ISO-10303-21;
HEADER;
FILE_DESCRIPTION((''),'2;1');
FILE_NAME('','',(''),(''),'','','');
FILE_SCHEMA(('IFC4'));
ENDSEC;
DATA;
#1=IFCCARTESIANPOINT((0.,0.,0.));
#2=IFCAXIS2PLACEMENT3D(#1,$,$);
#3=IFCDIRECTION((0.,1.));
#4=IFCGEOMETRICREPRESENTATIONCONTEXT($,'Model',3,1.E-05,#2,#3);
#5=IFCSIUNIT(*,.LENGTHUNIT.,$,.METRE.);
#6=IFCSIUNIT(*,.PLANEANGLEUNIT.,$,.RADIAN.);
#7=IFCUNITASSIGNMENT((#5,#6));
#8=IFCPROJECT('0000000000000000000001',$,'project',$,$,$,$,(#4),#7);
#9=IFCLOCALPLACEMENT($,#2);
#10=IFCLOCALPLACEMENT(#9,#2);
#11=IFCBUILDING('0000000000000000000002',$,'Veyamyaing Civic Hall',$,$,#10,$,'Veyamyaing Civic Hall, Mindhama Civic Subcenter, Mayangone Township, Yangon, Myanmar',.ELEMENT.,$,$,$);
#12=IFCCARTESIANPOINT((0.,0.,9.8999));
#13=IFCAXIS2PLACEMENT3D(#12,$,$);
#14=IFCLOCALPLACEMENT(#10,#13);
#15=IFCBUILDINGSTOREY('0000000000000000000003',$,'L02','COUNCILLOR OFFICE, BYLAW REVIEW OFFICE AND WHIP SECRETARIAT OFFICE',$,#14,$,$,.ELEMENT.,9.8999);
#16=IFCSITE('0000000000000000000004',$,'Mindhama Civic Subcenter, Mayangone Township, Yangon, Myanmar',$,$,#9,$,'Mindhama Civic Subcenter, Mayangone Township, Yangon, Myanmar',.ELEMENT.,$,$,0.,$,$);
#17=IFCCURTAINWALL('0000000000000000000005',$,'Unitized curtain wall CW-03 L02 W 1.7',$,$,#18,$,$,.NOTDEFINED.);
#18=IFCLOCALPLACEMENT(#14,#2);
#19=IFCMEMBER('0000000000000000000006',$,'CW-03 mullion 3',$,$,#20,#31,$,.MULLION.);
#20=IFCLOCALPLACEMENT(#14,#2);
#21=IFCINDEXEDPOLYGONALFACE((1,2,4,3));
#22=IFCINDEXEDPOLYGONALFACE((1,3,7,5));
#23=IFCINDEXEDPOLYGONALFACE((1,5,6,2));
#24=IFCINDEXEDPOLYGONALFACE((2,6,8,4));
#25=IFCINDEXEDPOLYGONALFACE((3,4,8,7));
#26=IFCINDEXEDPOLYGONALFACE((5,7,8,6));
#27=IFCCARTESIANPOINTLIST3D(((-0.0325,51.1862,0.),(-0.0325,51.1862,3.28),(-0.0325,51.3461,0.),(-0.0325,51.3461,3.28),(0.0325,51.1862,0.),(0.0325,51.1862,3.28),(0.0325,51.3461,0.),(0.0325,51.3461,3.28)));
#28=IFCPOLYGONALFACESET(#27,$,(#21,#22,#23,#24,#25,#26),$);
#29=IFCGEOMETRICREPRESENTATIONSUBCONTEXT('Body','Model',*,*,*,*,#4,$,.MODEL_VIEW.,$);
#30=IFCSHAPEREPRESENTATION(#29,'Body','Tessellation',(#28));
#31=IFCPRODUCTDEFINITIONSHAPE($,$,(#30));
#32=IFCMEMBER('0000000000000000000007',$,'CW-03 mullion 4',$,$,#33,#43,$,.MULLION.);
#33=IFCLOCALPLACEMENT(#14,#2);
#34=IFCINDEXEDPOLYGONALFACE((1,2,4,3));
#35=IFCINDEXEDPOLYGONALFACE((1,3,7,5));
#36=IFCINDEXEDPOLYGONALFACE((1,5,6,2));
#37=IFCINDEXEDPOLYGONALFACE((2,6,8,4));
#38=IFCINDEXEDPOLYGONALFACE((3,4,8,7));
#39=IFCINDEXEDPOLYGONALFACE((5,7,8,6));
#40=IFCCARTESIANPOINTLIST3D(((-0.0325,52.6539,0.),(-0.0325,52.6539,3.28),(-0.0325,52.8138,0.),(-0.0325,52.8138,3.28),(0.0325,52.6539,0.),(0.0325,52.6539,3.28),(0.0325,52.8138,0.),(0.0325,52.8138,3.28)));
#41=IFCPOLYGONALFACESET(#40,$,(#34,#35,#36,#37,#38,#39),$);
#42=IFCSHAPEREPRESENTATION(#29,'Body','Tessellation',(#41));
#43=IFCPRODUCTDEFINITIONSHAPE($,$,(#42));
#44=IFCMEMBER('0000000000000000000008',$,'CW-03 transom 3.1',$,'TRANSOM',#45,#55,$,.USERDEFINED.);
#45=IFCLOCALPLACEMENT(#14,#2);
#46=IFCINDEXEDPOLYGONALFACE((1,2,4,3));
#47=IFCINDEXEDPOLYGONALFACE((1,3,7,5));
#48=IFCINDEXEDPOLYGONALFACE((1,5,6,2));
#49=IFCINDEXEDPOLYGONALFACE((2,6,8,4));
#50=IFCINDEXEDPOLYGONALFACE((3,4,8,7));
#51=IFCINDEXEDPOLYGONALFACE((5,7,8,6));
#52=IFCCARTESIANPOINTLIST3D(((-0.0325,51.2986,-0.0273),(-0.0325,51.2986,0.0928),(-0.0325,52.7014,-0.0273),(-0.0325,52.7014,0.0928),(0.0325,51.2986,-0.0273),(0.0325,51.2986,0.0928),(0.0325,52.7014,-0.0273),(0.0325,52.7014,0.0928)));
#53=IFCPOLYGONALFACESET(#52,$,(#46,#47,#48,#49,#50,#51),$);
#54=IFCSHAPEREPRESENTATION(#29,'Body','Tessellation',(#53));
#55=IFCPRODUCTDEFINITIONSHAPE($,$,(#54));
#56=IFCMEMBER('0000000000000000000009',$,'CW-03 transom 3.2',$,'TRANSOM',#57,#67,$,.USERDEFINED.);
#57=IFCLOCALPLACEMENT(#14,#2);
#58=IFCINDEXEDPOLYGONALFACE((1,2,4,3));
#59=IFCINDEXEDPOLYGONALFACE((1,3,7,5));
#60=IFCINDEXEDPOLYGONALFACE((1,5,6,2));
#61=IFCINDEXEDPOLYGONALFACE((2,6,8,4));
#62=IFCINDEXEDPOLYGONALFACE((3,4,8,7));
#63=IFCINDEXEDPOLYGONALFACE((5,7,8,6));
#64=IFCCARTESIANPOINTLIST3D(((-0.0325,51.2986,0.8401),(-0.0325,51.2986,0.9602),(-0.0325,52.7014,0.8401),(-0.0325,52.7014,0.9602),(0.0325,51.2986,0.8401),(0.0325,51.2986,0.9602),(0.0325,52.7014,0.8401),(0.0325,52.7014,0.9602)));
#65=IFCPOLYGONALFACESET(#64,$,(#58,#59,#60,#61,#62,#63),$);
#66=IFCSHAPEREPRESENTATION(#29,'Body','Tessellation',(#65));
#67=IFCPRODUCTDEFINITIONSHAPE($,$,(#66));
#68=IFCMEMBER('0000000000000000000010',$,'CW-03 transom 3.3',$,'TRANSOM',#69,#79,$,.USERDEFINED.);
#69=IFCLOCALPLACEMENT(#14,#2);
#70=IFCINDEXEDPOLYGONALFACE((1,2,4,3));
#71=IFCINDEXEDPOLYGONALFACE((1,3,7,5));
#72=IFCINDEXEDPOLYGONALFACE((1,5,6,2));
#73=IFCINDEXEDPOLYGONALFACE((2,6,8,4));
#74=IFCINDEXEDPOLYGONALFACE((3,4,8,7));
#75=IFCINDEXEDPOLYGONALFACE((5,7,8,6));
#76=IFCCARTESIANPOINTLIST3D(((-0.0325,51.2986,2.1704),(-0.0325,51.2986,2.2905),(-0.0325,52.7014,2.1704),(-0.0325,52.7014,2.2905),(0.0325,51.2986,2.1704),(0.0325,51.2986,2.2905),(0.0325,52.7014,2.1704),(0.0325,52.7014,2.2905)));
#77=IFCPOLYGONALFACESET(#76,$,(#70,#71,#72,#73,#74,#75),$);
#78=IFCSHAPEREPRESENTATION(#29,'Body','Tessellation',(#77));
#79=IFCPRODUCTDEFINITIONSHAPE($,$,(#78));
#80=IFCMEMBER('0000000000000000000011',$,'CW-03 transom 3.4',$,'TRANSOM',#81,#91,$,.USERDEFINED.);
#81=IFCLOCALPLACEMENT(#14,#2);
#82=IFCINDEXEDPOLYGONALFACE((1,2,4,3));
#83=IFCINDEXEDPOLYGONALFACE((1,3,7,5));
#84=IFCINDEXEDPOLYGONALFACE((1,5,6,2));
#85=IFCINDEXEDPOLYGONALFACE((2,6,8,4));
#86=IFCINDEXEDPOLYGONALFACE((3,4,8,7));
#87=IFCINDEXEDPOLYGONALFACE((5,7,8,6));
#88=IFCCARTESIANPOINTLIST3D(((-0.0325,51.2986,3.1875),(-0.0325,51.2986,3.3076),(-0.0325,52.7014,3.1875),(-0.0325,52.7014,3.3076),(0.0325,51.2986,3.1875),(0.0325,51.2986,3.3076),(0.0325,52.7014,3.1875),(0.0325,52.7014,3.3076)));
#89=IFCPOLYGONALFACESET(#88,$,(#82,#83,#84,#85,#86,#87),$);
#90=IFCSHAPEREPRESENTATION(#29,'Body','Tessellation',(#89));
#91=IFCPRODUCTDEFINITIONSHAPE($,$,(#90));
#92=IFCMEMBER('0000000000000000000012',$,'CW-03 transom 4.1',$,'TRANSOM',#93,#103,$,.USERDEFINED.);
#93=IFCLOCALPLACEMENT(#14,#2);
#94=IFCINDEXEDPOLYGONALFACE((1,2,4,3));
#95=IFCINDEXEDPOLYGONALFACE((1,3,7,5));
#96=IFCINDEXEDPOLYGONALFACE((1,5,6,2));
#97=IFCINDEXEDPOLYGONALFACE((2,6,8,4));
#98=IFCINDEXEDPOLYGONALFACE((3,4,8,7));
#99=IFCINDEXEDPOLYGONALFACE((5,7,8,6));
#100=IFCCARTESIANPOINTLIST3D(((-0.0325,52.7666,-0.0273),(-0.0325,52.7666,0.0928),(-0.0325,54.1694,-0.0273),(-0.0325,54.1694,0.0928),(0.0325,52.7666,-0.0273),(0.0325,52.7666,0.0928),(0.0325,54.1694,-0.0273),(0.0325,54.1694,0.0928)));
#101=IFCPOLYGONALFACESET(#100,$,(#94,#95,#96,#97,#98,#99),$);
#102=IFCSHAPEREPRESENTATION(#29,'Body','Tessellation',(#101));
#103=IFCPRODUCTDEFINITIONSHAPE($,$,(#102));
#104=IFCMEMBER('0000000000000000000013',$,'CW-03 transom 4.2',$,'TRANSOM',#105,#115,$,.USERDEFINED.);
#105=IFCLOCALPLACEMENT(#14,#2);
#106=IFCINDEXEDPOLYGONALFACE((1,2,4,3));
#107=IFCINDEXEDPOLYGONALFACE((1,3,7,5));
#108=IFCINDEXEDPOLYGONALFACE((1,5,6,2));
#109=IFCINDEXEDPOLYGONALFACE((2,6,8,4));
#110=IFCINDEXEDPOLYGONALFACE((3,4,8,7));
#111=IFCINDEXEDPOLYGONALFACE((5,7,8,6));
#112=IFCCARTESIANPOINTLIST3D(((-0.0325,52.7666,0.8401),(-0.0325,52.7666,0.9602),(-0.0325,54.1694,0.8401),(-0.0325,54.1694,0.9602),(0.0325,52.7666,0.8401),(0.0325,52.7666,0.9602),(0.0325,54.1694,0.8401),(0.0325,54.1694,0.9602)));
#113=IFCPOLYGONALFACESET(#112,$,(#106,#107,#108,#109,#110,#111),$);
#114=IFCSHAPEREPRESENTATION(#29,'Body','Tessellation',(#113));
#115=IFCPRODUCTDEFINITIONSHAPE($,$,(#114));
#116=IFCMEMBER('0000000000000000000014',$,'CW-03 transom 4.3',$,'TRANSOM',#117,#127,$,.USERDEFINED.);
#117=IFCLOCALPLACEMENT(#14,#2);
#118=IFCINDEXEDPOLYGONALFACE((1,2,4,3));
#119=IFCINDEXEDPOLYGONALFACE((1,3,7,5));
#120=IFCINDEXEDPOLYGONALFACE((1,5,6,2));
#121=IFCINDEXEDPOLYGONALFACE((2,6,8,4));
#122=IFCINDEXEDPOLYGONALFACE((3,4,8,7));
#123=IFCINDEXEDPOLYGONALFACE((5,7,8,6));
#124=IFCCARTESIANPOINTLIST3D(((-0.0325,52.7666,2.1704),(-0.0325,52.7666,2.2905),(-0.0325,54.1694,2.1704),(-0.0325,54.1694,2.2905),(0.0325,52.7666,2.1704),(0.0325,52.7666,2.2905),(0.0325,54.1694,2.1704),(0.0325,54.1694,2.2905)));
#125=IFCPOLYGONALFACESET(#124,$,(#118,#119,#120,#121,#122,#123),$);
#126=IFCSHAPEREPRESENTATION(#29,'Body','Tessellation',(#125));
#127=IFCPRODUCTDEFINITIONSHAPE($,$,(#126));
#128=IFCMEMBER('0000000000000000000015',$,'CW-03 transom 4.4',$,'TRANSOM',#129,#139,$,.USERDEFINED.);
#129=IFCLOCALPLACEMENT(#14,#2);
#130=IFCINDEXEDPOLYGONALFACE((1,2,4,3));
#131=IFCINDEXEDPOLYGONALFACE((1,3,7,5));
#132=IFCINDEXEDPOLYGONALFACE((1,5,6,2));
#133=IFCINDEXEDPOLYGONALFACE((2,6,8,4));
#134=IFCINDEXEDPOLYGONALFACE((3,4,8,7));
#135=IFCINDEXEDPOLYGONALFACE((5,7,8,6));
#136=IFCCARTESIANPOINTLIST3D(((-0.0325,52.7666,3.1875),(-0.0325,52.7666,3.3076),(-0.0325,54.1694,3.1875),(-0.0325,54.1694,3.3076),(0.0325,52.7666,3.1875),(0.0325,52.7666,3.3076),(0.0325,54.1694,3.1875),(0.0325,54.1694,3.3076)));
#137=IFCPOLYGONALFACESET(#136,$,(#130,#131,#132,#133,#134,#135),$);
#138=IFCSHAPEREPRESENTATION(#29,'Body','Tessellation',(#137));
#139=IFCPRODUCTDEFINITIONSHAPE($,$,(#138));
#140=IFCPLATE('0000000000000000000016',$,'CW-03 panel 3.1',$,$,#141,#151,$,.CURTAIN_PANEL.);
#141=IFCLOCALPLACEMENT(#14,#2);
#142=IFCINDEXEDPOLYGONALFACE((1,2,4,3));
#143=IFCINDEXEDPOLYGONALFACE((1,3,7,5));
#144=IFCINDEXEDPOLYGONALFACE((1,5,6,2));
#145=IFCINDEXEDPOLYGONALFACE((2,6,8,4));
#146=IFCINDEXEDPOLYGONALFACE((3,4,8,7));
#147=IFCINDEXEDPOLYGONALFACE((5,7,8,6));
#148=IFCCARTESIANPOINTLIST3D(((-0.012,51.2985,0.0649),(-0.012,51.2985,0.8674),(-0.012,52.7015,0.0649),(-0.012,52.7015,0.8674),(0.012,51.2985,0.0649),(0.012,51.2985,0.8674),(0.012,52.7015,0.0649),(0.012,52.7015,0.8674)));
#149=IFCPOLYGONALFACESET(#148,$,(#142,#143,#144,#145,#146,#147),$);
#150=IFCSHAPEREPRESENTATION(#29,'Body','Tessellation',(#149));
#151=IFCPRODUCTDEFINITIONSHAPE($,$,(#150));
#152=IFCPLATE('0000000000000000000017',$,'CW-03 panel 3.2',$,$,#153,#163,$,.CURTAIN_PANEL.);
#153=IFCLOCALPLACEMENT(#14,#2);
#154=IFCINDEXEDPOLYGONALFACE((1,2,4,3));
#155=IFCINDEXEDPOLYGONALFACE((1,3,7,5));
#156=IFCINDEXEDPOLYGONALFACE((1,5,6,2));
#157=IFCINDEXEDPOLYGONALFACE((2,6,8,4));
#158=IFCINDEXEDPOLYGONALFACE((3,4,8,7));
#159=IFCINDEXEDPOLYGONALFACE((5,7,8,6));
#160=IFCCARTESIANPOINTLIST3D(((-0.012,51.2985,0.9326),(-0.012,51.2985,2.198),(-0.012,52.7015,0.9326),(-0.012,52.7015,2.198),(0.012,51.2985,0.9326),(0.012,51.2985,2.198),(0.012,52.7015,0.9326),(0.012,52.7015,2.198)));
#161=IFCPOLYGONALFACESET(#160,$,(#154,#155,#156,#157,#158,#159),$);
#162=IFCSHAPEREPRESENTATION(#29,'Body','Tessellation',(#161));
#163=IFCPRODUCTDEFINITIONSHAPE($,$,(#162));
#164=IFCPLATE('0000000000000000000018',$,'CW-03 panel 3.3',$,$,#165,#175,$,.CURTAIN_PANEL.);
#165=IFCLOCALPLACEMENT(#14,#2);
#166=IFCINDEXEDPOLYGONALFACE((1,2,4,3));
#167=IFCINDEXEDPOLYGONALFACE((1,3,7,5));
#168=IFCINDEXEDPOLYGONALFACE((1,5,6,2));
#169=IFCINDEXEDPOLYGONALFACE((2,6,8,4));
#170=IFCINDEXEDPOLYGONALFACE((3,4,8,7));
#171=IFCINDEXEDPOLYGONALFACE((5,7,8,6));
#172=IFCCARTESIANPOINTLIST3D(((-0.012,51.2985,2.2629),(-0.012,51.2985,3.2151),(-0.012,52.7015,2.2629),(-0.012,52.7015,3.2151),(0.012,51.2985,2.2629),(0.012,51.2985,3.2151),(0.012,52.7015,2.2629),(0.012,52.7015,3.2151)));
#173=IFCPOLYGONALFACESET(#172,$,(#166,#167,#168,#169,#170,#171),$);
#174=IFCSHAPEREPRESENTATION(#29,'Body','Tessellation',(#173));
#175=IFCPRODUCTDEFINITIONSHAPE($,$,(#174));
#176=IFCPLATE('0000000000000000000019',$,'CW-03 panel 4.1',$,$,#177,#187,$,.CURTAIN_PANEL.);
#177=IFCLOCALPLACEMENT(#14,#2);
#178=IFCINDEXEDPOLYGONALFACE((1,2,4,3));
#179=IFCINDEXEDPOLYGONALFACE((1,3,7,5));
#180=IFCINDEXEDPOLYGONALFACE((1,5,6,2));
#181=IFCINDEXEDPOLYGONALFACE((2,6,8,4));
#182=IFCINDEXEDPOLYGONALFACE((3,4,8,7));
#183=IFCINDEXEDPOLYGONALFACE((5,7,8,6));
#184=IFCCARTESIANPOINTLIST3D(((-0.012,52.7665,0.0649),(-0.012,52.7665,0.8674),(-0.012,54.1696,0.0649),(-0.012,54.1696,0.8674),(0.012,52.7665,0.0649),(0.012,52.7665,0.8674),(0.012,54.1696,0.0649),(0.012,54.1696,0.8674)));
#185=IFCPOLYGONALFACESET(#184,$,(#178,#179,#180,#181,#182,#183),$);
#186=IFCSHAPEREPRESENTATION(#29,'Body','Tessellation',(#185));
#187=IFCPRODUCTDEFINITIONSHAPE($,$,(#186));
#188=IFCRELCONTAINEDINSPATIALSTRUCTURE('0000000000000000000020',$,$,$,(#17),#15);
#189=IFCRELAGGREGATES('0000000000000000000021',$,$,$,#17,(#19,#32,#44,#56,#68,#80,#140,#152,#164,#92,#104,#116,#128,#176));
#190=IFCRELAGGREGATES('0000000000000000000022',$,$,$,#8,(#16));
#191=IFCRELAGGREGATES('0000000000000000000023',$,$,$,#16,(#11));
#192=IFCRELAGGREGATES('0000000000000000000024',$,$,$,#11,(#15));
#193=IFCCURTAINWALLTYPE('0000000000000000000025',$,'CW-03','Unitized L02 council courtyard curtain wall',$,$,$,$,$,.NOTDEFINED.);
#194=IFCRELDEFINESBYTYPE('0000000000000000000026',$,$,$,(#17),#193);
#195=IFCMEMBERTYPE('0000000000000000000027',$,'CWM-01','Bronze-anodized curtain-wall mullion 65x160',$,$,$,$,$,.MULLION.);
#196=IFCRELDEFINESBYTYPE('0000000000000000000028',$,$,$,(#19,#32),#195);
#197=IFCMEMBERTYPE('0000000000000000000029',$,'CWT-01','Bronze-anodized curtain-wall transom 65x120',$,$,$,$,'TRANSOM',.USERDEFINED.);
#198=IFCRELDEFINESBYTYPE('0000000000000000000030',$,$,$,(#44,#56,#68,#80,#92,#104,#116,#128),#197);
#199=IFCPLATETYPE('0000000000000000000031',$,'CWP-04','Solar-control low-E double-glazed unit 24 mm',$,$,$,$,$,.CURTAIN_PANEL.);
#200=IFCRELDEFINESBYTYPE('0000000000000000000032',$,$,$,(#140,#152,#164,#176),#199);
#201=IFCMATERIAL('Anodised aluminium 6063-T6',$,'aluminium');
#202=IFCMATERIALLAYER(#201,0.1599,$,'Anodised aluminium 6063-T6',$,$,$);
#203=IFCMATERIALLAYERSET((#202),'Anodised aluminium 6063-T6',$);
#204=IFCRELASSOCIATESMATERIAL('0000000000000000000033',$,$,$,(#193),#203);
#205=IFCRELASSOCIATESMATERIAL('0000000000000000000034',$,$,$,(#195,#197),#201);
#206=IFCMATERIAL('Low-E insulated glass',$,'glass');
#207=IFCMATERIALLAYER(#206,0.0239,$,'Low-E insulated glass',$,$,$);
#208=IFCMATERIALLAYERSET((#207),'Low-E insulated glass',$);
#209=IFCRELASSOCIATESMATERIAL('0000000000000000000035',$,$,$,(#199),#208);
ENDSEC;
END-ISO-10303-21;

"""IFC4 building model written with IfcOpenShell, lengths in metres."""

from ifc_helpers import new_model, si_unit, direction, frame, origin, origin_2d, place, context, subcontext, project, spatial, rectangle, extrude, material, layer, layer_set, material_profile, profile_set, type_object, element, aggregate, save


model = new_model("IFC4")

# Units and contexts
model_context = context("Model", 3, precision=1e-05, world=origin(), true_north=direction((0.0, 1.0)))
body_context = subcontext(model_context, "Body", "Model", "MODEL_VIEW")
ifc_project = project(units=[si_unit("LENGTHUNIT", "METRE"), si_unit("PLANEANGLEUNIT", "RADIAN")], contexts=[model_context])

# Site, building, storey
site_placement = place(None, origin())
site = spatial("IfcSite", under=ifc_project, at=site_placement, Name="Mindhama Civic Subcenter, Mayangone Township, Yangon, Myanmar", LongName="Mindhama Civic Subcenter, Mayangone Township, Yangon, Myanmar", CompositionType="ELEMENT", RefElevation=0.0)
building_placement = place(site_placement, origin())
building = spatial("IfcBuilding", under=site, at=building_placement, Name="Veyamyaing Civic Hall", LongName="Veyamyaing Civic Hall, Mindhama Civic Subcenter, Mayangone Township, Yangon, Myanmar", CompositionType="ELEMENT")
storey_placement = place(building_placement, frame((0.0, 0.0, 9.8999)))
storey = spatial("IfcBuildingStorey", under=building, at=storey_placement, Name="L02", Description="COUNCILLOR OFFICE, BYLAW REVIEW OFFICE AND WHIP SECRETARIAT OFFICE", CompositionType="ELEMENT", Elevation=9.8999)

# Curtain wall, members, plates
ifc_material_1 = material(Name="Anodised aluminium 6063-T6", Category="aluminium")
ifc_layer_1 = layer(ifc_material_1, 0.1599, Name="Anodised aluminium 6063-T6")
ifc_layer_set_1 = layer_set([ifc_layer_1], Name="Anodised aluminium 6063-T6")
curtain_wall_type = type_object("IfcCurtainWallType", Name="CW-03", Description="Unitized L02 council courtyard curtain wall", PredefinedType="NOTDEFINED", material=ifc_layer_set_1)
curtain_wall_placement = place(storey_placement, origin())
curtain_wall = element("IfcCurtainWall", 1, at=curtain_wall_placement, inside=storey, type_object=curtain_wall_type, Name="Unitized curtain wall CW-03 L02 W 1.7", PredefinedType="NOTDEFINED")
ifc_material_profile_1 = material_profile(ifc_material_1, rectangle(XDim=0.0649, YDim=0.1599, at=origin_2d()), Name="ALU-MUL-65X160")
ifc_profile_set_1 = profile_set([ifc_material_profile_1], Name="Anodised aluminium 6063-T6")
member_type_1 = type_object("IfcMemberType", Name="CWM-01", Description="Bronze-anodized curtain-wall mullion 65x160", PredefinedType="MULLION", material=ifc_profile_set_1)
member_1_placement = place(storey_placement, frame((0.0, 51.2661, 0.0), z_axis=(0.0, 0.0, 1.0), x_axis=(-1.0, 0.0, 0.0)))
member_1 = element("IfcMember", 2, at=member_1_placement, type_object=member_type_1, Name="CW-03 mullion 3", PredefinedType="MULLION", context=body_context, shape_type="SweptSolid", body=[
    extrude(rectangle(XDim=0.0649, YDim=0.1599, at=origin_2d()), origin(), (0.0, 0.0, 1.0), 3.28),
])
member_2_placement = place(storey_placement, frame((0.0, 52.7339, 0.0), z_axis=(0.0, 0.0, 1.0), x_axis=(-1.0, 0.0, 0.0)))
member_2 = element("IfcMember", 3, at=member_2_placement, type_object=member_type_1, Name="CW-03 mullion 4", PredefinedType="MULLION", context=body_context, shape_type="SweptSolid", body=[
    extrude(rectangle(XDim=0.0649, YDim=0.1599, at=origin_2d()), origin(), (0.0, 0.0, 1.0), 3.28),
])
ifc_material_profile_2 = material_profile(ifc_material_1, rectangle(XDim=0.0649, YDim=0.1201, at=origin_2d()), Name="ALU-TRN-65X120")
ifc_profile_set_2 = profile_set([ifc_material_profile_2], Name="Anodised aluminium 6063-T6")
member_type_2 = type_object("IfcMemberType", Name="CWT-01", Description="Bronze-anodized curtain-wall transom 65x120", ElementType="TRANSOM", PredefinedType="USERDEFINED", material=ifc_profile_set_2)
member_3_placement = place(storey_placement, frame((0.0, 51.2986, 0.0327), z_axis=(0.0, 1.0, 0.0), x_axis=(-1.0, 0.0, 0.0)))
member_3 = element("IfcMember", 4, at=member_3_placement, type_object=member_type_2, Name="CW-03 transom 3.1", ObjectType="TRANSOM", PredefinedType="USERDEFINED", context=body_context, shape_type="SweptSolid", body=[
    extrude(rectangle(XDim=0.0649, YDim=0.1201, at=origin_2d()), origin(), (0.0, 0.0, 1.0), 1.4028),
])
member_4_placement = place(storey_placement, frame((0.0, 51.2986, 0.9001), z_axis=(0.0, 1.0, 0.0), x_axis=(-1.0, 0.0, 0.0)))
member_4 = element("IfcMember", 5, at=member_4_placement, type_object=member_type_2, Name="CW-03 transom 3.2", ObjectType="TRANSOM", PredefinedType="USERDEFINED", context=body_context, shape_type="SweptSolid", body=[
    extrude(rectangle(XDim=0.0649, YDim=0.1201, at=origin_2d()), origin(), (0.0, 0.0, 1.0), 1.4028),
])
member_5_placement = place(storey_placement, frame((0.0, 51.2986, 2.2305), z_axis=(0.0, 1.0, 0.0), x_axis=(-1.0, 0.0, 0.0)))
member_5 = element("IfcMember", 6, at=member_5_placement, type_object=member_type_2, Name="CW-03 transom 3.3", ObjectType="TRANSOM", PredefinedType="USERDEFINED", context=body_context, shape_type="SweptSolid", body=[
    extrude(rectangle(XDim=0.0649, YDim=0.1201, at=origin_2d()), origin(), (0.0, 0.0, 1.0), 1.4028),
])
member_6_placement = place(storey_placement, frame((0.0, 51.2986, 3.2476), z_axis=(0.0, 1.0, 0.0), x_axis=(-1.0, 0.0, 0.0)))
member_6 = element("IfcMember", 7, at=member_6_placement, type_object=member_type_2, Name="CW-03 transom 3.4", ObjectType="TRANSOM", PredefinedType="USERDEFINED", context=body_context, shape_type="SweptSolid", body=[
    extrude(rectangle(XDim=0.0649, YDim=0.1201, at=origin_2d()), origin(), (0.0, 0.0, 1.0), 1.4028),
])
member_7_placement = place(storey_placement, frame((0.0, 52.7666, 0.0327), z_axis=(0.0, 1.0, 0.0), x_axis=(-1.0, 0.0, 0.0)))
member_7 = element("IfcMember", 8, at=member_7_placement, type_object=member_type_2, Name="CW-03 transom 4.1", ObjectType="TRANSOM", PredefinedType="USERDEFINED", context=body_context, shape_type="SweptSolid", body=[
    extrude(rectangle(XDim=0.0649, YDim=0.1201, at=origin_2d()), origin(), (0.0, 0.0, 1.0), 1.4028),
])
member_8_placement = place(storey_placement, frame((0.0, 52.7666, 0.9001), z_axis=(0.0, 1.0, 0.0), x_axis=(-1.0, 0.0, 0.0)))
member_8 = element("IfcMember", 9, at=member_8_placement, type_object=member_type_2, Name="CW-03 transom 4.2", ObjectType="TRANSOM", PredefinedType="USERDEFINED", context=body_context, shape_type="SweptSolid", body=[
    extrude(rectangle(XDim=0.0649, YDim=0.1201, at=origin_2d()), origin(), (0.0, 0.0, 1.0), 1.4028),
])
member_9_placement = place(storey_placement, frame((0.0, 52.7666, 2.2305), z_axis=(0.0, 1.0, 0.0), x_axis=(-1.0, 0.0, 0.0)))
member_9 = element("IfcMember", 10, at=member_9_placement, type_object=member_type_2, Name="CW-03 transom 4.3", ObjectType="TRANSOM", PredefinedType="USERDEFINED", context=body_context, shape_type="SweptSolid", body=[
    extrude(rectangle(XDim=0.0649, YDim=0.1201, at=origin_2d()), origin(), (0.0, 0.0, 1.0), 1.4028),
])
member_10_placement = place(storey_placement, frame((0.0, 52.7666, 3.2476), z_axis=(0.0, 1.0, 0.0), x_axis=(-1.0, 0.0, 0.0)))
member_10 = element("IfcMember", 11, at=member_10_placement, type_object=member_type_2, Name="CW-03 transom 4.4", ObjectType="TRANSOM", PredefinedType="USERDEFINED", context=body_context, shape_type="SweptSolid", body=[
    extrude(rectangle(XDim=0.0649, YDim=0.1201, at=origin_2d()), origin(), (0.0, 0.0, 1.0), 1.4028),
])
ifc_material_2 = material(Name="Low-E insulated glass", Category="glass")
ifc_layer_2 = layer(ifc_material_2, 0.0239, Name="Low-E insulated glass")
ifc_layer_set_2 = layer_set([ifc_layer_2], Name="Low-E insulated glass")
plate_type = type_object("IfcPlateType", Name="CWP-04", Description="Solar-control low-E double-glazed unit 24 mm", PredefinedType="CURTAIN_PANEL", material=ifc_layer_set_2)
plate_1_placement = place(storey_placement, frame((0.0, 52.0, 0.0649), z_axis=(0.0, 0.0, 1.0), x_axis=(0.0, 1.0, 0.0)))
plate_1 = element("IfcPlate", 12, at=plate_1_placement, type_object=plate_type, Name="CW-03 panel 3.1", PredefinedType="CURTAIN_PANEL", context=body_context, shape_type="SweptSolid", body=[
    extrude(rectangle(XDim=1.4031, YDim=0.0239, at=origin_2d()), origin(), (0.0, 0.0, 1.0), 0.8025),
])
plate_2_placement = place(storey_placement, frame((0.0, 52.0, 0.9326), z_axis=(0.0, 0.0, 1.0), x_axis=(0.0, 1.0, 0.0)))
plate_2 = element("IfcPlate", 13, at=plate_2_placement, type_object=plate_type, Name="CW-03 panel 3.2", PredefinedType="CURTAIN_PANEL", context=body_context, shape_type="SweptSolid", body=[
    extrude(rectangle(XDim=1.4031, YDim=0.0239, at=origin_2d()), origin(), (0.0, 0.0, 1.0), 1.2654),
])
plate_3_placement = place(storey_placement, frame((0.0, 52.0, 2.2629), z_axis=(0.0, 0.0, 1.0), x_axis=(0.0, 1.0, 0.0)))
plate_3 = element("IfcPlate", 14, at=plate_3_placement, type_object=plate_type, Name="CW-03 panel 3.3", PredefinedType="CURTAIN_PANEL", context=body_context, shape_type="SweptSolid", body=[
    extrude(rectangle(XDim=1.4031, YDim=0.0239, at=origin_2d()), origin(), (0.0, 0.0, 1.0), 0.9521),
])
plate_4_placement = place(storey_placement, frame((0.0, 53.468, 0.0649), z_axis=(0.0, 0.0, 1.0), x_axis=(0.0, 1.0, 0.0)))
plate_4 = element("IfcPlate", 15, at=plate_4_placement, type_object=plate_type, Name="CW-03 panel 4.1", PredefinedType="CURTAIN_PANEL", context=body_context, shape_type="SweptSolid", body=[
    extrude(rectangle(XDim=1.4031, YDim=0.0239, at=origin_2d()), origin(), (0.0, 0.0, 1.0), 0.8025),
])
aggregate(curtain_wall, [member_1, member_2, member_3, member_4, member_5, member_6, plate_1, plate_2, plate_3, member_7, member_8, member_9, member_10, plate_4])

save(model, "model.ifc")
